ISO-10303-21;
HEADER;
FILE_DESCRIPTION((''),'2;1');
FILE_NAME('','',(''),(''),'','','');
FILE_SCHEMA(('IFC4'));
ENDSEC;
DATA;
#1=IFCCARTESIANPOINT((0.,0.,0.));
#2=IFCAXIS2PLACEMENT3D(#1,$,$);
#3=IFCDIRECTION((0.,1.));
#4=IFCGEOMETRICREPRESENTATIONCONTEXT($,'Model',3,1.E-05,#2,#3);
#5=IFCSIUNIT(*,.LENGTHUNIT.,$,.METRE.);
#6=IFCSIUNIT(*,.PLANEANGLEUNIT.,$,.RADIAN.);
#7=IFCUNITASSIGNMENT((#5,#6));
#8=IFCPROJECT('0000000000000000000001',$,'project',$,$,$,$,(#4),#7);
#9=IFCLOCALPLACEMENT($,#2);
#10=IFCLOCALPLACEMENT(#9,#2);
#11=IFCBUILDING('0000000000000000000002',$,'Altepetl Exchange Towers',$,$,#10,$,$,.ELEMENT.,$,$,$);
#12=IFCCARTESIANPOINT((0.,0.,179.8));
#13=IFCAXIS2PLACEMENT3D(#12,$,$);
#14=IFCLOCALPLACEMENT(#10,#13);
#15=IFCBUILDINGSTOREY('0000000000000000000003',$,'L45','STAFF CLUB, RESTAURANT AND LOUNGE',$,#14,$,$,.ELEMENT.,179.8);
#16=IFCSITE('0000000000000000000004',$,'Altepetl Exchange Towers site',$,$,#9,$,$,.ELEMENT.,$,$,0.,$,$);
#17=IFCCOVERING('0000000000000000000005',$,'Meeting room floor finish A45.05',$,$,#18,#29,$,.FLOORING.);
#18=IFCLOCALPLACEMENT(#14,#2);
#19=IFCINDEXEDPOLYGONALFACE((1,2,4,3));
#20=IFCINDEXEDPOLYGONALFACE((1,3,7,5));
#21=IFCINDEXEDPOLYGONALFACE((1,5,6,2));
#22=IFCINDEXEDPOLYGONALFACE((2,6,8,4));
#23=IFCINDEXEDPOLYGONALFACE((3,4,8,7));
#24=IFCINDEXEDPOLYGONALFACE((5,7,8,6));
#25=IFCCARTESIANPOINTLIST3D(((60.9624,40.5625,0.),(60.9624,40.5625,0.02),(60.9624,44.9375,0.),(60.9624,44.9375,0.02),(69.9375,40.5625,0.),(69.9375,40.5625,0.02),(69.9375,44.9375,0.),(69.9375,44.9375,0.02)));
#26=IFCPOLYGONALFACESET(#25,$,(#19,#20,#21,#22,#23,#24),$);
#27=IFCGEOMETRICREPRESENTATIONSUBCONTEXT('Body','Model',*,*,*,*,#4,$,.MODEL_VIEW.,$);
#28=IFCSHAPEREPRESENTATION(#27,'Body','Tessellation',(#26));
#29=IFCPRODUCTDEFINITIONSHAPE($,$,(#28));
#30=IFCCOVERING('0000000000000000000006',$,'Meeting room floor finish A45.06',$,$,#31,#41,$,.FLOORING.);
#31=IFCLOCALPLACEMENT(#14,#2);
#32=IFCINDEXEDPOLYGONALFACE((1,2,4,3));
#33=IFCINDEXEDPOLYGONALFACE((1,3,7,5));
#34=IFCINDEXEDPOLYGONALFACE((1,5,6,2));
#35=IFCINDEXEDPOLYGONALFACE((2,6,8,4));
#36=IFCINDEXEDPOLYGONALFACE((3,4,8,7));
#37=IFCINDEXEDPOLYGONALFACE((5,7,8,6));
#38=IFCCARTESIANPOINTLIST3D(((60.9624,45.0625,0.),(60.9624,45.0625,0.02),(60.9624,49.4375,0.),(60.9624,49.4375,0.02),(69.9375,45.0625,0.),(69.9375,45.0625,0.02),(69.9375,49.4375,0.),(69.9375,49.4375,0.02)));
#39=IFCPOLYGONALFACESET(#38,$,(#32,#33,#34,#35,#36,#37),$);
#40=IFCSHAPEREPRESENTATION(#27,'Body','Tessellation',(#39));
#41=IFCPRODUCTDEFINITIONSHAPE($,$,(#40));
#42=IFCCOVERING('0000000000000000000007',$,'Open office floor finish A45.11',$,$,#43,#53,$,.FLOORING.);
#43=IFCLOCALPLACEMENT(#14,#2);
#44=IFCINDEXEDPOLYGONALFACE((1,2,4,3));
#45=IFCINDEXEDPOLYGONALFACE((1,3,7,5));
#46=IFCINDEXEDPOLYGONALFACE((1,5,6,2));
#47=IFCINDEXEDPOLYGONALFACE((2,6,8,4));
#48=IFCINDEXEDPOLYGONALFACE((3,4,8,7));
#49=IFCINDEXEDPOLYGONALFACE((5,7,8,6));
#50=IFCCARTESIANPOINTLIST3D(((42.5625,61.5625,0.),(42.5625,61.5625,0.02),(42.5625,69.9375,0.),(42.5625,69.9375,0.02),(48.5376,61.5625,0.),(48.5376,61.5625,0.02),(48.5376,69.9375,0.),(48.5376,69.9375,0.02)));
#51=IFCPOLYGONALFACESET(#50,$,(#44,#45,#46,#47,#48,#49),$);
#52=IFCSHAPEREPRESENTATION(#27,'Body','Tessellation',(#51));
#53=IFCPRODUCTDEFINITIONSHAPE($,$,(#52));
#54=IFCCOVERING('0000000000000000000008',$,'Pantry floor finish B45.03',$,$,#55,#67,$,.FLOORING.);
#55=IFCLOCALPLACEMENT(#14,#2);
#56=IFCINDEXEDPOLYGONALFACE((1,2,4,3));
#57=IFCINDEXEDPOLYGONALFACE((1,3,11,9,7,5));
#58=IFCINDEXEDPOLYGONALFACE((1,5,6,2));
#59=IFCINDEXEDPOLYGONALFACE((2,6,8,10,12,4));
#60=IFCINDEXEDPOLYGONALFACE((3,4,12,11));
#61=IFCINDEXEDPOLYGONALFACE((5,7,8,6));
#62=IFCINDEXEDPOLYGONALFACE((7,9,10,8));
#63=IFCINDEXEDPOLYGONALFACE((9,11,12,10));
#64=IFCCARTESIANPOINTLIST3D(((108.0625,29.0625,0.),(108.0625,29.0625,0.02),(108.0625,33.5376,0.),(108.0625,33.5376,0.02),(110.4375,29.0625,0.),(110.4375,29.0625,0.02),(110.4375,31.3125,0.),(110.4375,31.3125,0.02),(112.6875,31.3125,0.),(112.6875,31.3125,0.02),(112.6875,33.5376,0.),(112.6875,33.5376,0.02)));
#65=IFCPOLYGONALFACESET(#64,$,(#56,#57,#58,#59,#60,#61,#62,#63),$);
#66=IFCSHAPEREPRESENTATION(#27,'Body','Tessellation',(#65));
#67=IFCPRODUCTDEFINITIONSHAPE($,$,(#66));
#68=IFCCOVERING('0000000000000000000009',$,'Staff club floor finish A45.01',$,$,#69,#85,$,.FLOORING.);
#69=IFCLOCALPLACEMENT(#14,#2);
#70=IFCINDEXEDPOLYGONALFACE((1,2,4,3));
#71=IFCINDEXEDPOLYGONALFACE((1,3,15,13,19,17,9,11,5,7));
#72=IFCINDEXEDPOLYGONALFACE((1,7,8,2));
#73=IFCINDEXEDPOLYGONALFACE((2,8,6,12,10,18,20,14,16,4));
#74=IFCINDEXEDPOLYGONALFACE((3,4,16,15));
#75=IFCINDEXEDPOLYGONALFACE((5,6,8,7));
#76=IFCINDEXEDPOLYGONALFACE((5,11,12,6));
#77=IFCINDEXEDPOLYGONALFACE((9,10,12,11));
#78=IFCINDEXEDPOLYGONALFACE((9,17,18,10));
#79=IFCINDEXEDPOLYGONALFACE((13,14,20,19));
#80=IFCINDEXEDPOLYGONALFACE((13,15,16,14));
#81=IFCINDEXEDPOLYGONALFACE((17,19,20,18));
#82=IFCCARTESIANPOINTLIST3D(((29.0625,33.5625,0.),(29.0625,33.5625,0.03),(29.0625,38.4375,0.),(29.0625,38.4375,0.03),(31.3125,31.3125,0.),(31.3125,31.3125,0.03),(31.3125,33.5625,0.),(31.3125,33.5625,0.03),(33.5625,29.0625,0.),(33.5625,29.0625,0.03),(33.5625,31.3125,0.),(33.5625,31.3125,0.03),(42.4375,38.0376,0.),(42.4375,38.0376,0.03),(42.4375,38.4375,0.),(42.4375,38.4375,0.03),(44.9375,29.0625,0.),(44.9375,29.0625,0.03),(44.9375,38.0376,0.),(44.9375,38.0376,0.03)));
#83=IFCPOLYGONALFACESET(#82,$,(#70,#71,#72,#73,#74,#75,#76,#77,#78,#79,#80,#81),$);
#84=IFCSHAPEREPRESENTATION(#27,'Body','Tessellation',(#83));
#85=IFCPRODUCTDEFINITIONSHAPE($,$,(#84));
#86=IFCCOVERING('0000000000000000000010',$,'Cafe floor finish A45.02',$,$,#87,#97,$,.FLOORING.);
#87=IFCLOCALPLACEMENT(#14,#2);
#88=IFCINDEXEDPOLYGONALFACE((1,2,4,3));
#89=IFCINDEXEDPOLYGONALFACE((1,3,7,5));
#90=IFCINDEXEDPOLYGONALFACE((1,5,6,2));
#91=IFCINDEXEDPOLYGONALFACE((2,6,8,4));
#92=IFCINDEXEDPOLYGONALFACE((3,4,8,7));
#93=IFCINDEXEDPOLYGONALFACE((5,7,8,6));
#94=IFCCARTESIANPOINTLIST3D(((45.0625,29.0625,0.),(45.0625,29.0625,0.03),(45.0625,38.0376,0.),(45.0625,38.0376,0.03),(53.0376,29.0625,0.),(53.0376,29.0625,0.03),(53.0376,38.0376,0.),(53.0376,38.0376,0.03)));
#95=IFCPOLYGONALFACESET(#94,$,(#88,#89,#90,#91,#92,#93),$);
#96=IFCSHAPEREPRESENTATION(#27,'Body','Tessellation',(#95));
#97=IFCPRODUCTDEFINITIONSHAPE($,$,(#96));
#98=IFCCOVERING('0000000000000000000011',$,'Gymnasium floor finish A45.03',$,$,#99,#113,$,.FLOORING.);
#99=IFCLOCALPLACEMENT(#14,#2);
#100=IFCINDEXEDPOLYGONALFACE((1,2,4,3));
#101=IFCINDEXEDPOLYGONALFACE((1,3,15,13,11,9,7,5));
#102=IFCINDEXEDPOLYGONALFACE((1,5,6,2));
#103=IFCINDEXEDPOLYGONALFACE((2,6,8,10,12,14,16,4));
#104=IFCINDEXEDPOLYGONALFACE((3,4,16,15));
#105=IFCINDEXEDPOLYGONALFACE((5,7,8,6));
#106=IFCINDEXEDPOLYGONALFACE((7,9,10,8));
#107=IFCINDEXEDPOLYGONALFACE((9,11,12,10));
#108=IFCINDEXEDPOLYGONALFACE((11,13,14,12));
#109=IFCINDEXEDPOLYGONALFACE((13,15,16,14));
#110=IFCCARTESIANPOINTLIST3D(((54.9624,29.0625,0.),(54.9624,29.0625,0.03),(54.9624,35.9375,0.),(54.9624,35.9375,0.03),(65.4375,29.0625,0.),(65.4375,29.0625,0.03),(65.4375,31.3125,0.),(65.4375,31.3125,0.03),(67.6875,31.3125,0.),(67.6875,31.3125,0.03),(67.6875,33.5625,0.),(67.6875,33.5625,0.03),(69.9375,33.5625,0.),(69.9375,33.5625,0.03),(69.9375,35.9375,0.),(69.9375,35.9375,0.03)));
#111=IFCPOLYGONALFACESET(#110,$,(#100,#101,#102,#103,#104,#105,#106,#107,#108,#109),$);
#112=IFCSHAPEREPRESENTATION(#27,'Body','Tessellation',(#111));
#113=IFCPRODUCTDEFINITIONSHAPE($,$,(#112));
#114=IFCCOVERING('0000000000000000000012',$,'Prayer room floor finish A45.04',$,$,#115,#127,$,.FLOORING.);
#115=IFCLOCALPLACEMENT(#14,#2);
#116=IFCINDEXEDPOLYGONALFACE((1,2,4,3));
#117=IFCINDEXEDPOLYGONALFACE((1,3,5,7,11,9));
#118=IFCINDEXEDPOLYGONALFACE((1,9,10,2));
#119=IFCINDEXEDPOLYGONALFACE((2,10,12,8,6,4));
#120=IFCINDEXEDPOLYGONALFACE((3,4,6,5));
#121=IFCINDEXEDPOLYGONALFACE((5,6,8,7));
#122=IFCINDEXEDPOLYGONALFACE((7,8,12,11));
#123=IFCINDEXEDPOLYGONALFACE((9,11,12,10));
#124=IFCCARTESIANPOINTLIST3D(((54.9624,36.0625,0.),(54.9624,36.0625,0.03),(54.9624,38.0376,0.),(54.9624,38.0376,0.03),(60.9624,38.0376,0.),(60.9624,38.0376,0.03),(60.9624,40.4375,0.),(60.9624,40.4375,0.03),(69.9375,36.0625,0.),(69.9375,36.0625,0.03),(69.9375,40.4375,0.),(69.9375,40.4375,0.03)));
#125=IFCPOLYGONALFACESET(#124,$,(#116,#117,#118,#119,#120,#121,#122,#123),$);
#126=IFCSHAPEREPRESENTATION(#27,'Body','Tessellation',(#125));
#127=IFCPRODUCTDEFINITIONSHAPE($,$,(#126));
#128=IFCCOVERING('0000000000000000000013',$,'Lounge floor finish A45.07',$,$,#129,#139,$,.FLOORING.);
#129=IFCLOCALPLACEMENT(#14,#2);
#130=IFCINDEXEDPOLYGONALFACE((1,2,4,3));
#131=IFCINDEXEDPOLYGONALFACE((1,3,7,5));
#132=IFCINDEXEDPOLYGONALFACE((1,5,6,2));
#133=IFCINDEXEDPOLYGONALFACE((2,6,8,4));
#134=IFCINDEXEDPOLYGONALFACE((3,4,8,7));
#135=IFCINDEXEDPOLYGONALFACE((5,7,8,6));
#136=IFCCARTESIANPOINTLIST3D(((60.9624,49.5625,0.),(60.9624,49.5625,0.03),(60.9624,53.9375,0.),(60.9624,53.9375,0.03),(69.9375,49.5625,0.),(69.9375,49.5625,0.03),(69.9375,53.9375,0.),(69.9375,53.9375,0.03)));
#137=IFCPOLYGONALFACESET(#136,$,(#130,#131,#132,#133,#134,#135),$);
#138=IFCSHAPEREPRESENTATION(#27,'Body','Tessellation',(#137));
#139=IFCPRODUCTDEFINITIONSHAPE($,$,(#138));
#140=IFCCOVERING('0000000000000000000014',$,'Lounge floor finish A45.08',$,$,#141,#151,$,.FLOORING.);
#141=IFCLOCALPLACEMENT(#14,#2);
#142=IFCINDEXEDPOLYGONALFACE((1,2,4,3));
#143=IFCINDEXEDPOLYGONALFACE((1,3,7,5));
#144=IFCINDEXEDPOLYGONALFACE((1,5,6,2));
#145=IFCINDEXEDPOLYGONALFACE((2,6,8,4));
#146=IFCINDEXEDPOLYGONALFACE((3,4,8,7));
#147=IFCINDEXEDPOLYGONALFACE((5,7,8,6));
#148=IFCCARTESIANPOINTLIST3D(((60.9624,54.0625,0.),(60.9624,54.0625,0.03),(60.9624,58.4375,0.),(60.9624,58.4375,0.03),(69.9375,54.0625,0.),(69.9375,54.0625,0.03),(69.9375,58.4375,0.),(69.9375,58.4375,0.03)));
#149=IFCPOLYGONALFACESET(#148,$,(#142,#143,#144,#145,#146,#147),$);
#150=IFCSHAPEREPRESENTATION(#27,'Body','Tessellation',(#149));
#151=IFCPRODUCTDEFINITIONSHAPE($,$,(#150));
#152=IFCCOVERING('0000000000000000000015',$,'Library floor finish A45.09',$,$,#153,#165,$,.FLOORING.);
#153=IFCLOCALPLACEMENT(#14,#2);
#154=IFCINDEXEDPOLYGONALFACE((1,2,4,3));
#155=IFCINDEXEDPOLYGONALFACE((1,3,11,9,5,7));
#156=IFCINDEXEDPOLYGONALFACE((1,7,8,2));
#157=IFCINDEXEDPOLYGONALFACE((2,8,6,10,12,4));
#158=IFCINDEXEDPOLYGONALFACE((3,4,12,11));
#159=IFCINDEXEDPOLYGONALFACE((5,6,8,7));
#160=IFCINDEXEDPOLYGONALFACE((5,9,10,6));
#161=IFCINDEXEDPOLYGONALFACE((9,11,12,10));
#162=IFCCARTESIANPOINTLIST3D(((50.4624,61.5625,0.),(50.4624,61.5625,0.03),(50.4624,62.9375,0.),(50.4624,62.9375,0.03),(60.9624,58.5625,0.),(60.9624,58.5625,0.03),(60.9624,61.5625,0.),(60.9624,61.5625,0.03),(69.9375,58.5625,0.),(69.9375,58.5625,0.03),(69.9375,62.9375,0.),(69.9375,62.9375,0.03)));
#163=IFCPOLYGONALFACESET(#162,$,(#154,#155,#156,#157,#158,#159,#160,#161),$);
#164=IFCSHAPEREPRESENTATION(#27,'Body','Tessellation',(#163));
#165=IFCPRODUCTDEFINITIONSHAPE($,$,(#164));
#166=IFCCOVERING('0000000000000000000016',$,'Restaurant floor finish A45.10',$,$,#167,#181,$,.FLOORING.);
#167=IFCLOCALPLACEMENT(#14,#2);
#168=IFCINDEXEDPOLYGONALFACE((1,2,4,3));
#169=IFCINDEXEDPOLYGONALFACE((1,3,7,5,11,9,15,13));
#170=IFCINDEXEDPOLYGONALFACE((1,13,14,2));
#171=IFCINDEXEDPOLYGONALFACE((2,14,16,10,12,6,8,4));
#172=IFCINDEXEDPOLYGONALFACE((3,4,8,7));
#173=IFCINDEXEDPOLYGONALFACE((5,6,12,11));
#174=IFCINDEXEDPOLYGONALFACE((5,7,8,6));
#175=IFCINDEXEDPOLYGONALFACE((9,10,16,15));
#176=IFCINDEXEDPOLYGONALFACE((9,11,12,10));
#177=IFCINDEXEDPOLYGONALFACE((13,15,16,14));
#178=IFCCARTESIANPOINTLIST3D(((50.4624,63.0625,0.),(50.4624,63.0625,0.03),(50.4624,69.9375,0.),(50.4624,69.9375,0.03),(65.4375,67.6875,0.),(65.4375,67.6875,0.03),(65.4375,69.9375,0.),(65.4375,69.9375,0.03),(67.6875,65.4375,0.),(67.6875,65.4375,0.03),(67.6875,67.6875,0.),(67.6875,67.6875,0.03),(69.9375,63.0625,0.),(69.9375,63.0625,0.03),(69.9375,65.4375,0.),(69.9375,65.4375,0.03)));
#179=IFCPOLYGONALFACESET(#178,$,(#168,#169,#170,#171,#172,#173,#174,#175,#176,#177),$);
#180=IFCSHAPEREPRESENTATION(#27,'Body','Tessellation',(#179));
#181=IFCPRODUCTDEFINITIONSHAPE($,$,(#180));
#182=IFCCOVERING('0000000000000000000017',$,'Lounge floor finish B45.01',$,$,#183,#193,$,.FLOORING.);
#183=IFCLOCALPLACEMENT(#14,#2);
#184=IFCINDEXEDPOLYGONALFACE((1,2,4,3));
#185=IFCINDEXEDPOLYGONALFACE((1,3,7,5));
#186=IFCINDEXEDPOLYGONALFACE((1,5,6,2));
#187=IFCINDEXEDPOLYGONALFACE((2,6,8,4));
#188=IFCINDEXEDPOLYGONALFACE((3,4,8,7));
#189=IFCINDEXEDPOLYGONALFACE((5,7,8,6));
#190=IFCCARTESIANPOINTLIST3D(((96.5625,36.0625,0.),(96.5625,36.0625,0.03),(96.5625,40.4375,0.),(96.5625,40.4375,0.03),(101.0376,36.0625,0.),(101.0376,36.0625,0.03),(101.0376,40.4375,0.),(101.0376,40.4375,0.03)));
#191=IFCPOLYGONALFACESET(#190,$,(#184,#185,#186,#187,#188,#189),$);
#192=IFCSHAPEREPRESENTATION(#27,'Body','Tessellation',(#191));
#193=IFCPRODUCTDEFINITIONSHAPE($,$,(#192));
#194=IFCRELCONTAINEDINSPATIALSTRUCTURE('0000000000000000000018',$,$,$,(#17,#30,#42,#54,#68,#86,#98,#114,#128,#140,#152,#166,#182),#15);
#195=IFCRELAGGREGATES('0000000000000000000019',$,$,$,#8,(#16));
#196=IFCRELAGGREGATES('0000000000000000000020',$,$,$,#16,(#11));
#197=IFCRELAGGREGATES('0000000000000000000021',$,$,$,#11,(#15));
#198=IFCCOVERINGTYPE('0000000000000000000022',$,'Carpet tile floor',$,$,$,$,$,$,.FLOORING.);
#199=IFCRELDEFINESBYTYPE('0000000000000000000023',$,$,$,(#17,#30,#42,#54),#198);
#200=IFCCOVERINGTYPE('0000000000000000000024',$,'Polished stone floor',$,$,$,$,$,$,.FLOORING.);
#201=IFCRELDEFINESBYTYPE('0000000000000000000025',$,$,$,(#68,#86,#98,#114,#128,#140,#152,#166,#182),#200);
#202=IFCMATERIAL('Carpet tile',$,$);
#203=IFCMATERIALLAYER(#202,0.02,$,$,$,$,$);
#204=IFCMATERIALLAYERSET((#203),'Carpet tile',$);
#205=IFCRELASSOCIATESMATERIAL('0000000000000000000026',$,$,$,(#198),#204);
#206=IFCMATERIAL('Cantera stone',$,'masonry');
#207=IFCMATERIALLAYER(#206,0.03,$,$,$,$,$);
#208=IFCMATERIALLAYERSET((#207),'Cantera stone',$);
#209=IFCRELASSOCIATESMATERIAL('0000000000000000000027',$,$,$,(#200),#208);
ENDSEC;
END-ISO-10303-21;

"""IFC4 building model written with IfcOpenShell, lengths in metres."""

from ifc_helpers import new_model, si_unit, direction, frame, origin, place, context, subcontext, project, spatial, polyline, outline, extrude, material, layer, layer_set, type_object, element, save


model = new_model("IFC4")

# Units and contexts
model_context = context("Model", 3, precision=1e-05, world=origin(), true_north=direction((0.0, 1.0)))
body_context = subcontext(model_context, "Body", "Model", "MODEL_VIEW")
ifc_project = project(units=[si_unit("LENGTHUNIT", "METRE"), si_unit("PLANEANGLEUNIT", "RADIAN")], contexts=[model_context])

# Site, building, storey
site_placement = place(None, origin())
site = spatial("IfcSite", under=ifc_project, at=site_placement, Name="Altepetl Exchange Towers site", CompositionType="ELEMENT", RefElevation=0.0)
building_placement = place(site_placement, origin())
building = spatial("IfcBuilding", under=site, at=building_placement, Name="Altepetl Exchange Towers", CompositionType="ELEMENT")
storey_placement = place(building_placement, frame((0.0, 0.0, 179.8)))
storey = spatial("IfcBuildingStorey", under=building, at=storey_placement, Name="L45", Description="STAFF CLUB, RESTAURANT AND LOUNGE", CompositionType="ELEMENT", Elevation=179.8)

# Coverings
ifc_material_1 = material(Name="Carpet tile")
ifc_layer_1 = layer(ifc_material_1, 0.02)
ifc_layer_set_1 = layer_set([ifc_layer_1], Name="Carpet tile")
covering_type_1 = type_object("IfcCoveringType", Name="Carpet tile floor", PredefinedType="FLOORING", material=ifc_layer_set_1)
covering_1_placement = place(storey_placement, origin())
element("IfcCovering", 1, at=covering_1_placement, inside=storey, type_object=covering_type_1, Name="Meeting room floor finish A45.05", PredefinedType="FLOORING", context=body_context, shape_type="SweptSolid", body=[
    extrude(outline(polyline([(69.9375, 44.9375), (60.9624, 44.9375), (60.9624, 40.5625), (69.9375, 40.5625), (69.9375, 44.9375)])), origin(), (0.0, 0.0, 1.0), 0.02),
])
covering_2_placement = place(storey_placement, origin())
element("IfcCovering", 2, at=covering_2_placement, inside=storey, type_object=covering_type_1, Name="Meeting room floor finish A45.06", PredefinedType="FLOORING", context=body_context, shape_type="SweptSolid", body=[
    extrude(outline(polyline([(69.9375, 49.4375), (60.9624, 49.4375), (60.9624, 45.0625), (69.9375, 45.0625), (69.9375, 49.4375)])), origin(), (0.0, 0.0, 1.0), 0.02),
])
covering_3_placement = place(storey_placement, origin())
element("IfcCovering", 3, at=covering_3_placement, inside=storey, type_object=covering_type_1, Name="Open office floor finish A45.11", PredefinedType="FLOORING", context=body_context, shape_type="SweptSolid", body=[
    extrude(outline(polyline([(42.5625, 61.5625), (48.5376, 61.5625), (48.5376, 69.9375), (42.5625, 69.9375), (42.5625, 61.5625)])), origin(), (0.0, 0.0, 1.0), 0.02),
])
covering_4_placement = place(storey_placement, origin())
element("IfcCovering", 4, at=covering_4_placement, inside=storey, type_object=covering_type_1, Name="Pantry floor finish B45.03", PredefinedType="FLOORING", context=body_context, shape_type="SweptSolid", body=[
    extrude(outline(polyline([(108.0625, 33.5376), (108.0625, 29.0625), (110.4375, 29.0625), (110.4375, 31.3125), (112.6875, 31.3125), (112.6875, 33.5376), (108.0625, 33.5376)])), origin(), (0.0, 0.0, 1.0), 0.02),
])
ifc_material_2 = material(Name="Cantera stone", Category="masonry")
ifc_layer_2 = layer(ifc_material_2, 0.03)
ifc_layer_set_2 = layer_set([ifc_layer_2], Name="Cantera stone")
covering_type_2 = type_object("IfcCoveringType", Name="Polished stone floor", PredefinedType="FLOORING", material=ifc_layer_set_2)
covering_5_placement = place(storey_placement, origin())
element("IfcCovering", 5, at=covering_5_placement, inside=storey, type_object=covering_type_2, Name="Staff club floor finish A45.01", PredefinedType="FLOORING", context=body_context, shape_type="SweptSolid", body=[
    extrude(outline(polyline([(31.3125, 31.3125), (33.5625, 31.3125), (33.5625, 29.0625), (44.9375, 29.0625), (44.9375, 38.0376), (42.4375, 38.0376), (42.4375, 38.4375), (29.0625, 38.4375), (29.0625, 33.5625), (31.3125, 33.5625), (31.3125, 31.3125)])), origin(), (0.0, 0.0, 1.0), 0.03),
])
covering_6_placement = place(storey_placement, origin())
element("IfcCovering", 6, at=covering_6_placement, inside=storey, type_object=covering_type_2, Name="Cafe floor finish A45.02", PredefinedType="FLOORING", context=body_context, shape_type="SweptSolid", body=[
    extrude(outline(polyline([(45.0625, 38.0376), (45.0625, 29.0625), (53.0376, 29.0625), (53.0376, 38.0376), (45.0625, 38.0376)])), origin(), (0.0, 0.0, 1.0), 0.03),
])
covering_7_placement = place(storey_placement, origin())
element("IfcCovering", 7, at=covering_7_placement, inside=storey, type_object=covering_type_2, Name="Gymnasium floor finish A45.03", PredefinedType="FLOORING", context=body_context, shape_type="SweptSolid", body=[
    extrude(outline(polyline([(69.9375, 35.9375), (54.9624, 35.9375), (54.9624, 29.0625), (65.4375, 29.0625), (65.4375, 31.3125), (67.6875, 31.3125), (67.6875, 33.5625), (69.9375, 33.5625), (69.9375, 35.9375)])), origin(), (0.0, 0.0, 1.0), 0.03),
])
covering_8_placement = place(storey_placement, origin())
element("IfcCovering", 8, at=covering_8_placement, inside=storey, type_object=covering_type_2, Name="Prayer room floor finish A45.04", PredefinedType="FLOORING", context=body_context, shape_type="SweptSolid", body=[
    extrude(outline(polyline([(69.9375, 40.4375), (60.9624, 40.4375), (60.9624, 38.0376), (54.9624, 38.0376), (54.9624, 36.0625), (69.9375, 36.0625), (69.9375, 40.4375)])), origin(), (0.0, 0.0, 1.0), 0.03),
])
covering_9_placement = place(storey_placement, origin())
element("IfcCovering", 9, at=covering_9_placement, inside=storey, type_object=covering_type_2, Name="Lounge floor finish A45.07", PredefinedType="FLOORING", context=body_context, shape_type="SweptSolid", body=[
    extrude(outline(polyline([(69.9375, 53.9375), (60.9624, 53.9375), (60.9624, 49.5625), (69.9375, 49.5625), (69.9375, 53.9375)])), origin(), (0.0, 0.0, 1.0), 0.03),
])
covering_10_placement = place(storey_placement, origin())
element("IfcCovering", 10, at=covering_10_placement, inside=storey, type_object=covering_type_2, Name="Lounge floor finish A45.08", PredefinedType="FLOORING", context=body_context, shape_type="SweptSolid", body=[
    extrude(outline(polyline([(69.9375, 58.4375), (60.9624, 58.4375), (60.9624, 54.0625), (69.9375, 54.0625), (69.9375, 58.4375)])), origin(), (0.0, 0.0, 1.0), 0.03),
])
covering_11_placement = place(storey_placement, origin())
element("IfcCovering", 11, at=covering_11_placement, inside=storey, type_object=covering_type_2, Name="Library floor finish A45.09", PredefinedType="FLOORING", context=body_context, shape_type="SweptSolid", body=[
    extrude(outline(polyline([(69.9375, 62.9375), (50.4624, 62.9375), (50.4624, 61.5625), (60.9624, 61.5625), (60.9624, 58.5625), (69.9375, 58.5625), (69.9375, 62.9375)])), origin(), (0.0, 0.0, 1.0), 0.03),
])
covering_12_placement = place(storey_placement, origin())
element("IfcCovering", 12, at=covering_12_placement, inside=storey, type_object=covering_type_2, Name="Restaurant floor finish A45.10", PredefinedType="FLOORING", context=body_context, shape_type="SweptSolid", body=[
    extrude(outline(polyline([(67.6875, 67.6875), (65.4375, 67.6875), (65.4375, 69.9375), (50.4624, 69.9375), (50.4624, 63.0625), (69.9375, 63.0625), (69.9375, 65.4375), (67.6875, 65.4375), (67.6875, 67.6875)])), origin(), (0.0, 0.0, 1.0), 0.03),
])
covering_13_placement = place(storey_placement, origin())
element("IfcCovering", 13, at=covering_13_placement, inside=storey, type_object=covering_type_2, Name="Lounge floor finish B45.01", PredefinedType="FLOORING", context=body_context, shape_type="SweptSolid", body=[
    extrude(outline(polyline([(96.5625, 36.0625), (101.0376, 36.0625), (101.0376, 40.4375), (96.5625, 40.4375), (96.5625, 36.0625)])), origin(), (0.0, 0.0, 1.0), 0.03),
])

save(model, "model.ifc")
